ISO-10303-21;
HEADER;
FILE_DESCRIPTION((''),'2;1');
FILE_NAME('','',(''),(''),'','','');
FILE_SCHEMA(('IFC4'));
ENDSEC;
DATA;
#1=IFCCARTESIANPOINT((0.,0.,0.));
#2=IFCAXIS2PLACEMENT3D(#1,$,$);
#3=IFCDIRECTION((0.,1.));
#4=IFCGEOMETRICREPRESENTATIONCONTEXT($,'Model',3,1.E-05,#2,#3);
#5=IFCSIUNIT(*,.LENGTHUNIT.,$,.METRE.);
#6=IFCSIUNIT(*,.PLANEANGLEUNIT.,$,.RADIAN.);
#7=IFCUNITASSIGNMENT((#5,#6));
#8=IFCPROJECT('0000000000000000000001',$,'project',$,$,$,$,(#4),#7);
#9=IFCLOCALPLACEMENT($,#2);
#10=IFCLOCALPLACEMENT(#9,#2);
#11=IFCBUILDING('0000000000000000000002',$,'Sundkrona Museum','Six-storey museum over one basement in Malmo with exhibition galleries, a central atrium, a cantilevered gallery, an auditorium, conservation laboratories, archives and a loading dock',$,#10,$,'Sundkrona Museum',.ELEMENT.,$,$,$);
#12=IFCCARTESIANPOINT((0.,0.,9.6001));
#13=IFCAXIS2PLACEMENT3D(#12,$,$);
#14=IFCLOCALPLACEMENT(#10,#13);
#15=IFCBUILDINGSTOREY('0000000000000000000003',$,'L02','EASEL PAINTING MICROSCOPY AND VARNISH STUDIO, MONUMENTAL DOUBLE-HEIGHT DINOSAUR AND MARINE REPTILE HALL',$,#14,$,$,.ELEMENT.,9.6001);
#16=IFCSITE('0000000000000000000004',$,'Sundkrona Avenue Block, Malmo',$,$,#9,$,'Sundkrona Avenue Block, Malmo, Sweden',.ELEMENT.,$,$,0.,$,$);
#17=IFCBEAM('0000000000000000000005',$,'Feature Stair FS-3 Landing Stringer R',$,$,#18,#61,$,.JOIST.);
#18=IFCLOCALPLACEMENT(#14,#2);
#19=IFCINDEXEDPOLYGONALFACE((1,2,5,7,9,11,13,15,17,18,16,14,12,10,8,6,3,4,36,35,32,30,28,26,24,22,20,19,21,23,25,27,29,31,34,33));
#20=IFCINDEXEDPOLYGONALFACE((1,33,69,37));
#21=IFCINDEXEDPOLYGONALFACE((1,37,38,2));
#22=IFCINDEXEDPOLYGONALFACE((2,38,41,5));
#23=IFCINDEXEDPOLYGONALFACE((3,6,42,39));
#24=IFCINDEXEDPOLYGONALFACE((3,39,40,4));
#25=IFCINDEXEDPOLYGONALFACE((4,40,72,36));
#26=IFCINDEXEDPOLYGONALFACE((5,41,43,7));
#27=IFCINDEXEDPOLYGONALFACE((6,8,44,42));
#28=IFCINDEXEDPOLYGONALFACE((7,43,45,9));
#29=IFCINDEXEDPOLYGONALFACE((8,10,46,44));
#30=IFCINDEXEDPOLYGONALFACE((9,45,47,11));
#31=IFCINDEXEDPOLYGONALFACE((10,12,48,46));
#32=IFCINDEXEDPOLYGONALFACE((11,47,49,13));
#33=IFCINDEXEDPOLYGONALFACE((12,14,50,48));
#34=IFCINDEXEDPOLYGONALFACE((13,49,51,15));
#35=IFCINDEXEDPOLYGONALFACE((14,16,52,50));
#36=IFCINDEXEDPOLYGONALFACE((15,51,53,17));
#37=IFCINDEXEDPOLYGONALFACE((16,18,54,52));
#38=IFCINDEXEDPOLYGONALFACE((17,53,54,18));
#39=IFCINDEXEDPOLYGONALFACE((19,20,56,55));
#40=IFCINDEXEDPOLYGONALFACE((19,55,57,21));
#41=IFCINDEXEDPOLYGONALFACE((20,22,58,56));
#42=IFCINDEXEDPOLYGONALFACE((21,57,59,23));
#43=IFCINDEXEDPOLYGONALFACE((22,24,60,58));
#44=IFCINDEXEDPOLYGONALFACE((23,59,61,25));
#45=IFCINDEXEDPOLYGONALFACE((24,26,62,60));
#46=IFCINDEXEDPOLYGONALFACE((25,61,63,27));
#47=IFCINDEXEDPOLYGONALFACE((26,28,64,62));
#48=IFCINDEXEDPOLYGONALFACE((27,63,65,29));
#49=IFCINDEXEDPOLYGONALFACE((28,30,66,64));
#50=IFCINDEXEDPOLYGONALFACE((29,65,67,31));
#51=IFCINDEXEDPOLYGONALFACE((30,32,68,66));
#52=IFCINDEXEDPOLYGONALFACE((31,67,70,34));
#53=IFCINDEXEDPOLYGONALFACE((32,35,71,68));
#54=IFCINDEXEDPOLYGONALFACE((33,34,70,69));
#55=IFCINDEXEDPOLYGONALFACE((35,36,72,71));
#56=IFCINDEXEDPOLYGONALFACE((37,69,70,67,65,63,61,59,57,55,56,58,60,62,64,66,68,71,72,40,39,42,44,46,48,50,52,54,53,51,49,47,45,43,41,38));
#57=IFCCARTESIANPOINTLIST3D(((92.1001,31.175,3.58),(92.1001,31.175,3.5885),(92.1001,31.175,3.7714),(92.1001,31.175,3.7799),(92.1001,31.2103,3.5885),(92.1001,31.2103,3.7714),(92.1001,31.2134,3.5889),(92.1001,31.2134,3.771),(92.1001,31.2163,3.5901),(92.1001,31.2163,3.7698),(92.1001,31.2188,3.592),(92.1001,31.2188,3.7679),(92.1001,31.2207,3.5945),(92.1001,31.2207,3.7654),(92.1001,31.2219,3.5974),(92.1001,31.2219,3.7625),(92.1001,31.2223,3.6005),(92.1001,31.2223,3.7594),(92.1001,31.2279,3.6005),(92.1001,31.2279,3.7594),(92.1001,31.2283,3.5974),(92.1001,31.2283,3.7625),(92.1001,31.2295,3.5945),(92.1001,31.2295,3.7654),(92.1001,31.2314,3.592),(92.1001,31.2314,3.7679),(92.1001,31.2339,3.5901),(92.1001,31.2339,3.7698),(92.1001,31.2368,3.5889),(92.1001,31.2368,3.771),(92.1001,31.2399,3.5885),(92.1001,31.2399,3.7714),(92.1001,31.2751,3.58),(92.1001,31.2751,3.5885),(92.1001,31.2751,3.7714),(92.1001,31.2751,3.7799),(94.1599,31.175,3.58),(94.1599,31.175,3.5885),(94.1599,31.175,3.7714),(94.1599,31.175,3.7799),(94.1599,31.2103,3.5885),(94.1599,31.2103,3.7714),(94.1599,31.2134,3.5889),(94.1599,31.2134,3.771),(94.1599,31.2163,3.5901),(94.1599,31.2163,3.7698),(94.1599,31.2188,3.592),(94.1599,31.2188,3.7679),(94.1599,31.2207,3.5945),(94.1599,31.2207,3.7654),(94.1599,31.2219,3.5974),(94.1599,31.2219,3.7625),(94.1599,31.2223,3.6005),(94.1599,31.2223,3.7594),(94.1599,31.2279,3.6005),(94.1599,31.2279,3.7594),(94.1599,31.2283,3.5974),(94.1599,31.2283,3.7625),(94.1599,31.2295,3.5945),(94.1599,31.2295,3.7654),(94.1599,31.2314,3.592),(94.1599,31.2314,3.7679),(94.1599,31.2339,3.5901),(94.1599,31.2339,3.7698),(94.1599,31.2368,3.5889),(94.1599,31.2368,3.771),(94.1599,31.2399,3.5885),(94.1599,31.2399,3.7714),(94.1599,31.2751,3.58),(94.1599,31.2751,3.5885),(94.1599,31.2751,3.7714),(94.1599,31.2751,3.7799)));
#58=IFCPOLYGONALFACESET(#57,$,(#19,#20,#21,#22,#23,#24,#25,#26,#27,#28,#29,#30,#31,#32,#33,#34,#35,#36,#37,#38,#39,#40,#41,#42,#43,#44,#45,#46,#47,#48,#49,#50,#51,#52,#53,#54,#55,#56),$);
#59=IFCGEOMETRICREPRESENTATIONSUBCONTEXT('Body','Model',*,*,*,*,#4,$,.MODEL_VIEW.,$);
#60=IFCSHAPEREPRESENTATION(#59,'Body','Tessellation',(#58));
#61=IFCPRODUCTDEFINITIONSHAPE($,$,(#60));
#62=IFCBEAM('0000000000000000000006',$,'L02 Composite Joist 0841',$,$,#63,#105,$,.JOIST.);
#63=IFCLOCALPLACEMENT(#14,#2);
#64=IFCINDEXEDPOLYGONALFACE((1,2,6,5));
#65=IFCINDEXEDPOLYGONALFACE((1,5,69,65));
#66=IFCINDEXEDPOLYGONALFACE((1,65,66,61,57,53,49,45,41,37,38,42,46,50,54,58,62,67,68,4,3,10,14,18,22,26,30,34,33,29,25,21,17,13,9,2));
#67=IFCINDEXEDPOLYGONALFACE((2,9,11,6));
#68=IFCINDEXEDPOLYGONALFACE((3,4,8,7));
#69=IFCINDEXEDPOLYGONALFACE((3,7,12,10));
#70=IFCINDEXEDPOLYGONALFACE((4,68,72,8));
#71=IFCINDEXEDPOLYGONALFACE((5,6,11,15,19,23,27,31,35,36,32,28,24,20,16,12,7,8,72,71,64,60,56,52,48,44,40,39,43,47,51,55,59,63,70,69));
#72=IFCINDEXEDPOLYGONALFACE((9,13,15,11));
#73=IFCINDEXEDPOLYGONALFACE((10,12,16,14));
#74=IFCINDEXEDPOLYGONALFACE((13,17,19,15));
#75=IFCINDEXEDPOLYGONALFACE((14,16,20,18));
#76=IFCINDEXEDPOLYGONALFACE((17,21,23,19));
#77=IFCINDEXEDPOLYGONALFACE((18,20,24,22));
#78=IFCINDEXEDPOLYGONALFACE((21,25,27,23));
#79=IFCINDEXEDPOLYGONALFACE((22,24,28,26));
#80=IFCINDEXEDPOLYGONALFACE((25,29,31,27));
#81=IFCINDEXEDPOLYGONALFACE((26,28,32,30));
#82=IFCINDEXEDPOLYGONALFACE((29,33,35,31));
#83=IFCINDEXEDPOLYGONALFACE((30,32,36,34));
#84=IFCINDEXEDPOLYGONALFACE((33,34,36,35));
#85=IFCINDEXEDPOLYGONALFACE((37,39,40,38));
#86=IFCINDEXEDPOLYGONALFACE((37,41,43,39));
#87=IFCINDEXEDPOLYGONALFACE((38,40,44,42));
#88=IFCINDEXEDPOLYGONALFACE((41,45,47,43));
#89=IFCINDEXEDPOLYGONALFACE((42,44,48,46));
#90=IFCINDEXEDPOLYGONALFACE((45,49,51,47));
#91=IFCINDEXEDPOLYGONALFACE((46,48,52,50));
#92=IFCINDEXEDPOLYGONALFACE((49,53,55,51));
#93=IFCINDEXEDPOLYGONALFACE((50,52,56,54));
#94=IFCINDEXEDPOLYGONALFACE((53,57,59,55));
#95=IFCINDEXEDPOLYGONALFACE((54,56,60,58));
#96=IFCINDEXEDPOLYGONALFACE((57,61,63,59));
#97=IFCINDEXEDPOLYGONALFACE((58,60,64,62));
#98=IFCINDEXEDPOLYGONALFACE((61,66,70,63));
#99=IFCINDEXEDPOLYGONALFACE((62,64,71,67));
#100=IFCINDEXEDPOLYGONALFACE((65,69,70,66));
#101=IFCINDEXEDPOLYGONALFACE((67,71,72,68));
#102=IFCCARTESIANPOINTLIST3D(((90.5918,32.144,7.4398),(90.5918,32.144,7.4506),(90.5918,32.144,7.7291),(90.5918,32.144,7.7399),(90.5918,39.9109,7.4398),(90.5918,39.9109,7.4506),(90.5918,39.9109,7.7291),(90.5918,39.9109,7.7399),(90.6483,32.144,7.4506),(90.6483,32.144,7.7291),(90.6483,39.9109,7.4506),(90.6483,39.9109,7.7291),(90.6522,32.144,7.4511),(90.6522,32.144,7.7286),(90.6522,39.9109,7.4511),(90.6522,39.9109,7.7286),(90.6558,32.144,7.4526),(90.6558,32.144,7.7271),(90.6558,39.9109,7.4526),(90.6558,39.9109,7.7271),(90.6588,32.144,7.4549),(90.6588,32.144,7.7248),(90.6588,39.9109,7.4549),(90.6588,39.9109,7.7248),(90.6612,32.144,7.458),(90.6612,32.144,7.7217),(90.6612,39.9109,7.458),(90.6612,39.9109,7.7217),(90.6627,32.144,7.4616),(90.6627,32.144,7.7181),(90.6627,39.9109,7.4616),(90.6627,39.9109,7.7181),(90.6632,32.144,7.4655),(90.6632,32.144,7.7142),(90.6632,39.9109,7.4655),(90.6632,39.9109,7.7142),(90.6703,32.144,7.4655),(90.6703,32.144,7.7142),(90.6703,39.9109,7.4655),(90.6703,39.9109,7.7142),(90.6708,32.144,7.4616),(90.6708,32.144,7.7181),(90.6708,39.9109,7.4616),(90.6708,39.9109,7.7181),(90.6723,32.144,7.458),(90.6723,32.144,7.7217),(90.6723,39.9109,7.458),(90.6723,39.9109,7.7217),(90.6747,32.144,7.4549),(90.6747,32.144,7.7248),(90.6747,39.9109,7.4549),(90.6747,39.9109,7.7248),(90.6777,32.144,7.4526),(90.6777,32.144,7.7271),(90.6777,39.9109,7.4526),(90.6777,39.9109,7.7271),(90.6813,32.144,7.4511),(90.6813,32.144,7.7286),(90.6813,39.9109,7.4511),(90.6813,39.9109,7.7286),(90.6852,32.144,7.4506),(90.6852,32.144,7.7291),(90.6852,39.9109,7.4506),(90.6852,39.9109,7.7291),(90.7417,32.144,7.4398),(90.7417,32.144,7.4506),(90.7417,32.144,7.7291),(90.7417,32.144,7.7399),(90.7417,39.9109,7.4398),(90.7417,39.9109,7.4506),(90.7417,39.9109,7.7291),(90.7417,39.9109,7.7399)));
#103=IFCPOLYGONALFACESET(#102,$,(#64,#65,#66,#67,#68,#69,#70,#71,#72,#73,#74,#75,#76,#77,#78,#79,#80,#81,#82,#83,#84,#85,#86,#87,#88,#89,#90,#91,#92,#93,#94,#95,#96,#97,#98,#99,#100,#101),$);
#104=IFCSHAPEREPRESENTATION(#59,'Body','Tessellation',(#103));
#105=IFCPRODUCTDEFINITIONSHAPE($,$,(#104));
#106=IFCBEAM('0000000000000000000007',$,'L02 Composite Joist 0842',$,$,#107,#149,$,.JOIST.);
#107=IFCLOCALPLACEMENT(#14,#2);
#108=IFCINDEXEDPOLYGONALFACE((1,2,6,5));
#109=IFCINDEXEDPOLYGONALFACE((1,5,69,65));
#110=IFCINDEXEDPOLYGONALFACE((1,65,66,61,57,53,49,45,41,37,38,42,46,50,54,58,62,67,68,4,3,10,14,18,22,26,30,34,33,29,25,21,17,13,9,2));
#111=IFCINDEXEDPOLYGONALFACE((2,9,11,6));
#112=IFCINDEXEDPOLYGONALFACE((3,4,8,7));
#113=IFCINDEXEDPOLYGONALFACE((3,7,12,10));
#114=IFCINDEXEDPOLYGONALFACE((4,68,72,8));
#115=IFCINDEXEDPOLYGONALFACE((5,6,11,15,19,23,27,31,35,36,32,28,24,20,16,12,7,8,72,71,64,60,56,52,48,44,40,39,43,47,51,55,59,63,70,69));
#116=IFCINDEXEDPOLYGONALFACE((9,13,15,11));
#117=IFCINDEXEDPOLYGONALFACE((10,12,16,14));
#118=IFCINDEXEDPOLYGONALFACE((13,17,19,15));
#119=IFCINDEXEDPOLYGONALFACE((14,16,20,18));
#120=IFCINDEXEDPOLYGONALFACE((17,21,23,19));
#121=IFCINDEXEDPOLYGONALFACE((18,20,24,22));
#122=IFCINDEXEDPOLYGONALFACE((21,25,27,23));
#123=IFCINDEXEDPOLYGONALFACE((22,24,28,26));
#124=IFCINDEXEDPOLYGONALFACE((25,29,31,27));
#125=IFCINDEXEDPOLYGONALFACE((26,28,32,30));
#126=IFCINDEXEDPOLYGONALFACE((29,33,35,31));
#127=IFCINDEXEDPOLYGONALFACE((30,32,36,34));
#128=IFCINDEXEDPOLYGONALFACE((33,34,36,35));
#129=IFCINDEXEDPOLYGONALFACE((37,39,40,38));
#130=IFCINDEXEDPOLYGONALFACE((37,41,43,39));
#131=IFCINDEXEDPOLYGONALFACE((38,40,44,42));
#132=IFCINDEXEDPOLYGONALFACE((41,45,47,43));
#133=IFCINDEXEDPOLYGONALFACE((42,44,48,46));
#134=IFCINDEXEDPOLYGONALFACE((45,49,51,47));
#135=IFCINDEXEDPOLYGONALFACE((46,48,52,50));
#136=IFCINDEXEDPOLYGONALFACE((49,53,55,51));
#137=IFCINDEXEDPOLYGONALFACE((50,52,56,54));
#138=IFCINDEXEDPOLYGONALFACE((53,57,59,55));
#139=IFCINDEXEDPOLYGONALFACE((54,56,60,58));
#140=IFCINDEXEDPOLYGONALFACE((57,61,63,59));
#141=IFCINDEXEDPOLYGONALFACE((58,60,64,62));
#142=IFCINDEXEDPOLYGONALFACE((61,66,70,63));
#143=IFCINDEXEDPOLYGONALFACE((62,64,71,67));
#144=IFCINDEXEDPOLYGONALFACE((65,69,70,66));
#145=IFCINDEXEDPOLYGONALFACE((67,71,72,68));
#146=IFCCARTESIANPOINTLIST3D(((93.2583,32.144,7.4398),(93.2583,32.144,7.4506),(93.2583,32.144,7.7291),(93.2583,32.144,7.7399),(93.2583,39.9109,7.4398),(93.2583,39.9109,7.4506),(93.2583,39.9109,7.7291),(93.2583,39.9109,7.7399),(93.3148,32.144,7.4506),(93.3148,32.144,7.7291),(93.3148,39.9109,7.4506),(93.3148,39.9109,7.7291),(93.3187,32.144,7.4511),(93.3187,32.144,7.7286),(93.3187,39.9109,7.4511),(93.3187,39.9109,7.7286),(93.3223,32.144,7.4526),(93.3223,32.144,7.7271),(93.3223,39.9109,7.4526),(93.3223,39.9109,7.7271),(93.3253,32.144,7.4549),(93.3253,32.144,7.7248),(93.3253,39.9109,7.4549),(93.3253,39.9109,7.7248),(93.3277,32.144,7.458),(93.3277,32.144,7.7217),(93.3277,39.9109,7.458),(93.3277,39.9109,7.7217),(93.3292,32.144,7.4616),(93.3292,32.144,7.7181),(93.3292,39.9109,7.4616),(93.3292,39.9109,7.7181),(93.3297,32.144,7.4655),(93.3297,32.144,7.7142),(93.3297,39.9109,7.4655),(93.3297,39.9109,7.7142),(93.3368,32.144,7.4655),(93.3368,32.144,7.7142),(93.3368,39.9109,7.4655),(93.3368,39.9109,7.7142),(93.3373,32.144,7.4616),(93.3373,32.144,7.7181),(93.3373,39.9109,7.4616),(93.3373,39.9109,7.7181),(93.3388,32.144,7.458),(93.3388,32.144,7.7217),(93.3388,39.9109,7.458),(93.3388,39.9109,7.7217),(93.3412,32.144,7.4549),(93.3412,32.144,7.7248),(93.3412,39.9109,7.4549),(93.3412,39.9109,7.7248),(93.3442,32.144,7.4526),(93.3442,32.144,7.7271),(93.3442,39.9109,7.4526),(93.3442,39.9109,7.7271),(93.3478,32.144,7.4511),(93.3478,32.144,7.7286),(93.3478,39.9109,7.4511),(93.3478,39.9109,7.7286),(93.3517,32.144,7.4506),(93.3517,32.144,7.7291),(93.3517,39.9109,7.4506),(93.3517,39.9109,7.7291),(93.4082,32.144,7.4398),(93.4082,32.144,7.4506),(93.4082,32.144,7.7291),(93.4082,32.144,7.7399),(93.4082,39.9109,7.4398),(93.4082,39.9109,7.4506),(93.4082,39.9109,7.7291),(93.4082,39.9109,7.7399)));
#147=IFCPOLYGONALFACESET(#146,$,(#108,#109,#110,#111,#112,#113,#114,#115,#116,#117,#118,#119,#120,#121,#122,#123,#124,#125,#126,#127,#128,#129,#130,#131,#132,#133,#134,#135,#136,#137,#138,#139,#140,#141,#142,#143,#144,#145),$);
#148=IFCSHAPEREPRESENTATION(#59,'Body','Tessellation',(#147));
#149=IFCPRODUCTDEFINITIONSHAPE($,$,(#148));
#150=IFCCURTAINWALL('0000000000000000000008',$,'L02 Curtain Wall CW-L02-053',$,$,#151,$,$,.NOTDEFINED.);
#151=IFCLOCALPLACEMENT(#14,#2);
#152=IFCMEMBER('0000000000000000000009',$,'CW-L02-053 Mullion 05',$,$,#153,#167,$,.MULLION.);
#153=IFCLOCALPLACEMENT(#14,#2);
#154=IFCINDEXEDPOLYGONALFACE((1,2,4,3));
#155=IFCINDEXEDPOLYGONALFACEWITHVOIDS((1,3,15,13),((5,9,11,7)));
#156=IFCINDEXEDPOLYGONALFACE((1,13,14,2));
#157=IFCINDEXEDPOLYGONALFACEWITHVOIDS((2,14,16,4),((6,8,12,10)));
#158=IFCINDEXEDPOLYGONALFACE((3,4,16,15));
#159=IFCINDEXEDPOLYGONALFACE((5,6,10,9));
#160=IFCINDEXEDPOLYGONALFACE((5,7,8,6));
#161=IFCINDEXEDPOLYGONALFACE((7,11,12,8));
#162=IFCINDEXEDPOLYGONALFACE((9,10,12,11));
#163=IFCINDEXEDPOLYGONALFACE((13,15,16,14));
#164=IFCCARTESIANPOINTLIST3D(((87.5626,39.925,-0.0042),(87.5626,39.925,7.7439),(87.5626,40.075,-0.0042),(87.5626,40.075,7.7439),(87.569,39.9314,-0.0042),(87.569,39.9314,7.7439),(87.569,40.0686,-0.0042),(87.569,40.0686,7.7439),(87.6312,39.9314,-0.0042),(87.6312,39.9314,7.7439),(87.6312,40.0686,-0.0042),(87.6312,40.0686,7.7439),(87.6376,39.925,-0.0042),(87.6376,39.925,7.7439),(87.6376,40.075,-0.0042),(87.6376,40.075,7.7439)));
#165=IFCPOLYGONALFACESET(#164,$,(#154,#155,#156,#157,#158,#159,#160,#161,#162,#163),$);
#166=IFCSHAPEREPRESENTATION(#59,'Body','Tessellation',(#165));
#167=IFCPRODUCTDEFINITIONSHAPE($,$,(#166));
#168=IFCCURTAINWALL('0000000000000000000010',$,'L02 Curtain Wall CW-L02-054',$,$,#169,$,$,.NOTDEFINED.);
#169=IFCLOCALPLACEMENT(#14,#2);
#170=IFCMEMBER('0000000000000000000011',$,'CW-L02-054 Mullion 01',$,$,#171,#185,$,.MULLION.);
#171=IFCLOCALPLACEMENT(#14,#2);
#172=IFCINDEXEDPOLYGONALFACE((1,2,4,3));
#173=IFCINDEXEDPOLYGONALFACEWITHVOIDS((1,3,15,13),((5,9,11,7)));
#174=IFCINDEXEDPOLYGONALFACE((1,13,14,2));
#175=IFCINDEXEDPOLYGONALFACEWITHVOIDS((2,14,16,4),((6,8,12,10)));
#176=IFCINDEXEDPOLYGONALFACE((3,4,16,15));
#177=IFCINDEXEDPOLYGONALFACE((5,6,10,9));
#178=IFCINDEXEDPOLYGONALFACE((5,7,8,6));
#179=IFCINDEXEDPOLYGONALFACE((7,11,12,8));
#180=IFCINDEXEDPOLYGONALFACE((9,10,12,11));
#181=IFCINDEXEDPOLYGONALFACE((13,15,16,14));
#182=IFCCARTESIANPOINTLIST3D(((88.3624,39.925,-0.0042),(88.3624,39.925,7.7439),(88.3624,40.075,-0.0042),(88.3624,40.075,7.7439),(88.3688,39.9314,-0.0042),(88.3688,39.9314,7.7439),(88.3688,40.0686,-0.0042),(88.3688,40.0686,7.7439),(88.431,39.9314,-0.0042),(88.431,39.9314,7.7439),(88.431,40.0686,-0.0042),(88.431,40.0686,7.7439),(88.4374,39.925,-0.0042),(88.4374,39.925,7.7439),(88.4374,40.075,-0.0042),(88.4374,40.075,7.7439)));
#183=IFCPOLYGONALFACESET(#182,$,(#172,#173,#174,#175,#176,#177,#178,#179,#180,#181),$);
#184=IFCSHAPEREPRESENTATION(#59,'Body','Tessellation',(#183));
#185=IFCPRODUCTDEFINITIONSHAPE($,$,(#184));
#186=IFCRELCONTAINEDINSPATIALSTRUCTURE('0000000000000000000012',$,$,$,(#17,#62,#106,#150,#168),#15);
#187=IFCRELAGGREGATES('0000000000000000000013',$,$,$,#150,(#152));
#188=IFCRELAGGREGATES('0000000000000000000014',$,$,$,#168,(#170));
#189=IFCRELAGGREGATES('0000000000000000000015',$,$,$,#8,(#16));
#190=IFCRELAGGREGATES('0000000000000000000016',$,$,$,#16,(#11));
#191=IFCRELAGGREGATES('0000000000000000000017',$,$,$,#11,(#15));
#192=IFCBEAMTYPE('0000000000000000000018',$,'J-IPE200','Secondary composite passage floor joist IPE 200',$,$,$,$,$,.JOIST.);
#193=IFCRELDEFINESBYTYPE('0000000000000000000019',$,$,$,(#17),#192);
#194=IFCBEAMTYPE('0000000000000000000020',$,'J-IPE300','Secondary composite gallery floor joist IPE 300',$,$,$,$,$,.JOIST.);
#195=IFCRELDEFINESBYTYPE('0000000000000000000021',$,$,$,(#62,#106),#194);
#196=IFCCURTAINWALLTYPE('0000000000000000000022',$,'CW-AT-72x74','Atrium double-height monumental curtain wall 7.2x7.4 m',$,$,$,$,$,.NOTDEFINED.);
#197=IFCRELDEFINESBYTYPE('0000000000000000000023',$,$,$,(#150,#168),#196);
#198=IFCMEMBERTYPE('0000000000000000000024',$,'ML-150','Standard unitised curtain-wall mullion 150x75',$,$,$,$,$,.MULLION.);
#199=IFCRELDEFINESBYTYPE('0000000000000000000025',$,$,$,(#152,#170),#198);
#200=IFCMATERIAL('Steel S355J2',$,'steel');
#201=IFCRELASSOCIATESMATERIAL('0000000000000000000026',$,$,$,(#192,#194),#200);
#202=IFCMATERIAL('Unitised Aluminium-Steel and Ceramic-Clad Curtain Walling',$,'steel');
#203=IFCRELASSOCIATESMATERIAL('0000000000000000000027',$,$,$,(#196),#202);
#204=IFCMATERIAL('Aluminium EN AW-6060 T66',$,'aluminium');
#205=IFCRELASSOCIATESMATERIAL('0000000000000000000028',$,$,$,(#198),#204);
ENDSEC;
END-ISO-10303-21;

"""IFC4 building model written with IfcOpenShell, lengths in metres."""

from ifc_helpers import new_model, si_unit, direction, frame, origin, origin_2d, place, context, subcontext, project, spatial, hollow_rectangle, i_section, extrude, material, material_profile, profile_set, type_object, element, aggregate, save


model = new_model("IFC4")

# Units and contexts
model_context = context("Model", 3, precision=1e-05, world=origin(), true_north=direction((0.0, 1.0)))
body_context = subcontext(model_context, "Body", "Model", "MODEL_VIEW")
ifc_project = project(units=[si_unit("LENGTHUNIT", "METRE"), si_unit("PLANEANGLEUNIT", "RADIAN")], contexts=[model_context])

# Site, building, storey
site_placement = place(None, origin())
site = spatial("IfcSite", under=ifc_project, at=site_placement, Name="Sundkrona Avenue Block, Malmo", LongName="Sundkrona Avenue Block, Malmo, Sweden", CompositionType="ELEMENT", RefElevation=0.0)
building_placement = place(site_placement, origin())
building = spatial("IfcBuilding", under=site, at=building_placement, Name="Sundkrona Museum", Description="Six-storey museum over one basement in Malmo with exhibition galleries, a central atrium, a cantilevered gallery, an auditorium, conservation laboratories, archives and a loading dock", LongName="Sundkrona Museum", CompositionType="ELEMENT")
storey_placement = place(building_placement, frame((0.0, 0.0, 9.6001)))
storey = spatial("IfcBuildingStorey", under=building, at=storey_placement, Name="L02", Description="EASEL PAINTING MICROSCOPY AND VARNISH STUDIO, MONUMENTAL DOUBLE-HEIGHT DINOSAUR AND MARINE REPTILE HALL", CompositionType="ELEMENT", Elevation=9.6001)

# Shared definitions
ifc_material_1 = material(Name="Steel S355J2", Category="steel")

# Beams
ifc_material_profile_1 = material_profile(ifc_material_1, i_section(OverallWidth=0.1001, OverallDepth=0.2, WebThickness=0.0056, FlangeThickness=0.0085, FilletRadius=0.012, at=origin_2d()), Name="IPE 200")
ifc_profile_set_1 = profile_set([ifc_material_profile_1], Name="Steel S355J2")
beam_type_1 = type_object("IfcBeamType", Name="J-IPE200", Description="Secondary composite passage floor joist IPE 200", PredefinedType="JOIST", material=ifc_profile_set_1)
beam_1_placement = place(storey_placement, frame((92.1001, 31.2251, 3.6799), z_axis=(1.0, 0.0, 0.0), x_axis=(0.0, 1.0, 0.0)))
element("IfcBeam", 1, at=beam_1_placement, inside=storey, type_object=beam_type_1, Name="Feature Stair FS-3 Landing Stringer R", PredefinedType="JOIST", context=body_context, shape_type="SweptSolid", body=[
    extrude(i_section(OverallWidth=0.1001, OverallDepth=0.2, WebThickness=0.0056, FlangeThickness=0.0085, FilletRadius=0.012, at=origin_2d()), origin(), (0.0, 0.0, 1.0), 2.0598),
])
ifc_material_profile_2 = material_profile(ifc_material_1, i_section(OverallWidth=0.1499, OverallDepth=0.3, WebThickness=0.0071, FlangeThickness=0.0107, FilletRadius=0.0149, at=origin_2d()), Name="IPE 300")
ifc_profile_set_2 = profile_set([ifc_material_profile_2], Name="Steel S355J2")
beam_type_2 = type_object("IfcBeamType", Name="J-IPE300", Description="Secondary composite gallery floor joist IPE 300", PredefinedType="JOIST", material=ifc_profile_set_2)
for number, where, z_axis, x_axis, name in (
    (2, (90.6667, 32.144, 7.5898), (0.0, 1.0, 0.0), (-1.0, 0.0, 0.0), "L02 Composite Joist 0841"),
    (3, (93.3333, 32.144, 7.5898), (0.0, 1.0, 0.0), (-1.0, 0.0, 0.0), "L02 Composite Joist 0842"),
):
    element("IfcBeam", number, at=place(storey_placement, frame(where, z_axis=z_axis, x_axis=x_axis)), inside=storey, type_object=beam_type_2, Name=name, PredefinedType="JOIST", context=body_context, shape_type="SweptSolid", body=[
        extrude(i_section(OverallWidth=0.1499, OverallDepth=0.3, WebThickness=0.0071, FlangeThickness=0.0107, FilletRadius=0.0149, at=origin_2d()), origin(), (0.0, 0.0, 1.0), 7.7668),
    ])

# Curtain walls, members
ifc_material_2 = material(Name="Unitised Aluminium-Steel and Ceramic-Clad Curtain Walling", Category="steel")
curtain_wall_type = type_object("IfcCurtainWallType", Name="CW-AT-72x74", Description="Atrium double-height monumental curtain wall 7.2x7.4 m", PredefinedType="NOTDEFINED", material=ifc_material_2)
curtain_wall_1_placement = place(storey_placement, origin())
curtain_wall_1 = element("IfcCurtainWall", 4, at=curtain_wall_1_placement, inside=storey, type_object=curtain_wall_type, Name="L02 Curtain Wall CW-L02-053", PredefinedType="NOTDEFINED")
ifc_material_3 = material(Name="Aluminium EN AW-6060 T66", Category="aluminium")
ifc_material_profile_3 = material_profile(ifc_material_3, hollow_rectangle(XDim=0.075, YDim=0.1499, WallThickness=0.0063, at=origin_2d()), Name="RHS 150x75x6.3")
ifc_profile_set_3 = profile_set([ifc_material_profile_3], Name="Aluminium EN AW-6060 T66")
member_type_1 = type_object("IfcMemberType", Name="ML-150", Description="Standard unitised curtain-wall mullion 150x75", PredefinedType="MULLION", material=ifc_profile_set_3)
member_1_placement = place(storey_placement, frame((87.6001, 40.0, -0.0042), z_axis=(0.0, 0.0, 1.0), x_axis=(1.0, 0.0, 0.0)))
member_1 = element("IfcMember", 5, at=member_1_placement, type_object=member_type_1, Name="CW-L02-053 Mullion 05", PredefinedType="MULLION", context=body_context, shape_type="SweptSolid", body=[
    extrude(hollow_rectangle(XDim=0.075, YDim=0.1499, WallThickness=0.0063, at=origin_2d()), origin(), (0.0, 0.0, 1.0), 7.748),
])
curtain_wall_2_placement = place(storey_placement, origin())
curtain_wall_2 = element("IfcCurtainWall", 6, at=curtain_wall_2_placement, inside=storey, type_object=curtain_wall_type, Name="L02 Curtain Wall CW-L02-054", PredefinedType="NOTDEFINED")
member_2_placement = place(storey_placement, frame((88.3999, 40.0, -0.0042), z_axis=(0.0, 0.0, 1.0), x_axis=(1.0, 0.0, 0.0)))
member_2 = element("IfcMember", 7, at=member_2_placement, type_object=member_type_1, Name="CW-L02-054 Mullion 01", PredefinedType="MULLION", context=body_context, shape_type="SweptSolid", body=[
    extrude(hollow_rectangle(XDim=0.075, YDim=0.1499, WallThickness=0.0063, at=origin_2d()), origin(), (0.0, 0.0, 1.0), 7.748),
])

aggregate(curtain_wall_1, [member_1])
aggregate(curtain_wall_2, [member_2])

save(model, "model.ifc")
